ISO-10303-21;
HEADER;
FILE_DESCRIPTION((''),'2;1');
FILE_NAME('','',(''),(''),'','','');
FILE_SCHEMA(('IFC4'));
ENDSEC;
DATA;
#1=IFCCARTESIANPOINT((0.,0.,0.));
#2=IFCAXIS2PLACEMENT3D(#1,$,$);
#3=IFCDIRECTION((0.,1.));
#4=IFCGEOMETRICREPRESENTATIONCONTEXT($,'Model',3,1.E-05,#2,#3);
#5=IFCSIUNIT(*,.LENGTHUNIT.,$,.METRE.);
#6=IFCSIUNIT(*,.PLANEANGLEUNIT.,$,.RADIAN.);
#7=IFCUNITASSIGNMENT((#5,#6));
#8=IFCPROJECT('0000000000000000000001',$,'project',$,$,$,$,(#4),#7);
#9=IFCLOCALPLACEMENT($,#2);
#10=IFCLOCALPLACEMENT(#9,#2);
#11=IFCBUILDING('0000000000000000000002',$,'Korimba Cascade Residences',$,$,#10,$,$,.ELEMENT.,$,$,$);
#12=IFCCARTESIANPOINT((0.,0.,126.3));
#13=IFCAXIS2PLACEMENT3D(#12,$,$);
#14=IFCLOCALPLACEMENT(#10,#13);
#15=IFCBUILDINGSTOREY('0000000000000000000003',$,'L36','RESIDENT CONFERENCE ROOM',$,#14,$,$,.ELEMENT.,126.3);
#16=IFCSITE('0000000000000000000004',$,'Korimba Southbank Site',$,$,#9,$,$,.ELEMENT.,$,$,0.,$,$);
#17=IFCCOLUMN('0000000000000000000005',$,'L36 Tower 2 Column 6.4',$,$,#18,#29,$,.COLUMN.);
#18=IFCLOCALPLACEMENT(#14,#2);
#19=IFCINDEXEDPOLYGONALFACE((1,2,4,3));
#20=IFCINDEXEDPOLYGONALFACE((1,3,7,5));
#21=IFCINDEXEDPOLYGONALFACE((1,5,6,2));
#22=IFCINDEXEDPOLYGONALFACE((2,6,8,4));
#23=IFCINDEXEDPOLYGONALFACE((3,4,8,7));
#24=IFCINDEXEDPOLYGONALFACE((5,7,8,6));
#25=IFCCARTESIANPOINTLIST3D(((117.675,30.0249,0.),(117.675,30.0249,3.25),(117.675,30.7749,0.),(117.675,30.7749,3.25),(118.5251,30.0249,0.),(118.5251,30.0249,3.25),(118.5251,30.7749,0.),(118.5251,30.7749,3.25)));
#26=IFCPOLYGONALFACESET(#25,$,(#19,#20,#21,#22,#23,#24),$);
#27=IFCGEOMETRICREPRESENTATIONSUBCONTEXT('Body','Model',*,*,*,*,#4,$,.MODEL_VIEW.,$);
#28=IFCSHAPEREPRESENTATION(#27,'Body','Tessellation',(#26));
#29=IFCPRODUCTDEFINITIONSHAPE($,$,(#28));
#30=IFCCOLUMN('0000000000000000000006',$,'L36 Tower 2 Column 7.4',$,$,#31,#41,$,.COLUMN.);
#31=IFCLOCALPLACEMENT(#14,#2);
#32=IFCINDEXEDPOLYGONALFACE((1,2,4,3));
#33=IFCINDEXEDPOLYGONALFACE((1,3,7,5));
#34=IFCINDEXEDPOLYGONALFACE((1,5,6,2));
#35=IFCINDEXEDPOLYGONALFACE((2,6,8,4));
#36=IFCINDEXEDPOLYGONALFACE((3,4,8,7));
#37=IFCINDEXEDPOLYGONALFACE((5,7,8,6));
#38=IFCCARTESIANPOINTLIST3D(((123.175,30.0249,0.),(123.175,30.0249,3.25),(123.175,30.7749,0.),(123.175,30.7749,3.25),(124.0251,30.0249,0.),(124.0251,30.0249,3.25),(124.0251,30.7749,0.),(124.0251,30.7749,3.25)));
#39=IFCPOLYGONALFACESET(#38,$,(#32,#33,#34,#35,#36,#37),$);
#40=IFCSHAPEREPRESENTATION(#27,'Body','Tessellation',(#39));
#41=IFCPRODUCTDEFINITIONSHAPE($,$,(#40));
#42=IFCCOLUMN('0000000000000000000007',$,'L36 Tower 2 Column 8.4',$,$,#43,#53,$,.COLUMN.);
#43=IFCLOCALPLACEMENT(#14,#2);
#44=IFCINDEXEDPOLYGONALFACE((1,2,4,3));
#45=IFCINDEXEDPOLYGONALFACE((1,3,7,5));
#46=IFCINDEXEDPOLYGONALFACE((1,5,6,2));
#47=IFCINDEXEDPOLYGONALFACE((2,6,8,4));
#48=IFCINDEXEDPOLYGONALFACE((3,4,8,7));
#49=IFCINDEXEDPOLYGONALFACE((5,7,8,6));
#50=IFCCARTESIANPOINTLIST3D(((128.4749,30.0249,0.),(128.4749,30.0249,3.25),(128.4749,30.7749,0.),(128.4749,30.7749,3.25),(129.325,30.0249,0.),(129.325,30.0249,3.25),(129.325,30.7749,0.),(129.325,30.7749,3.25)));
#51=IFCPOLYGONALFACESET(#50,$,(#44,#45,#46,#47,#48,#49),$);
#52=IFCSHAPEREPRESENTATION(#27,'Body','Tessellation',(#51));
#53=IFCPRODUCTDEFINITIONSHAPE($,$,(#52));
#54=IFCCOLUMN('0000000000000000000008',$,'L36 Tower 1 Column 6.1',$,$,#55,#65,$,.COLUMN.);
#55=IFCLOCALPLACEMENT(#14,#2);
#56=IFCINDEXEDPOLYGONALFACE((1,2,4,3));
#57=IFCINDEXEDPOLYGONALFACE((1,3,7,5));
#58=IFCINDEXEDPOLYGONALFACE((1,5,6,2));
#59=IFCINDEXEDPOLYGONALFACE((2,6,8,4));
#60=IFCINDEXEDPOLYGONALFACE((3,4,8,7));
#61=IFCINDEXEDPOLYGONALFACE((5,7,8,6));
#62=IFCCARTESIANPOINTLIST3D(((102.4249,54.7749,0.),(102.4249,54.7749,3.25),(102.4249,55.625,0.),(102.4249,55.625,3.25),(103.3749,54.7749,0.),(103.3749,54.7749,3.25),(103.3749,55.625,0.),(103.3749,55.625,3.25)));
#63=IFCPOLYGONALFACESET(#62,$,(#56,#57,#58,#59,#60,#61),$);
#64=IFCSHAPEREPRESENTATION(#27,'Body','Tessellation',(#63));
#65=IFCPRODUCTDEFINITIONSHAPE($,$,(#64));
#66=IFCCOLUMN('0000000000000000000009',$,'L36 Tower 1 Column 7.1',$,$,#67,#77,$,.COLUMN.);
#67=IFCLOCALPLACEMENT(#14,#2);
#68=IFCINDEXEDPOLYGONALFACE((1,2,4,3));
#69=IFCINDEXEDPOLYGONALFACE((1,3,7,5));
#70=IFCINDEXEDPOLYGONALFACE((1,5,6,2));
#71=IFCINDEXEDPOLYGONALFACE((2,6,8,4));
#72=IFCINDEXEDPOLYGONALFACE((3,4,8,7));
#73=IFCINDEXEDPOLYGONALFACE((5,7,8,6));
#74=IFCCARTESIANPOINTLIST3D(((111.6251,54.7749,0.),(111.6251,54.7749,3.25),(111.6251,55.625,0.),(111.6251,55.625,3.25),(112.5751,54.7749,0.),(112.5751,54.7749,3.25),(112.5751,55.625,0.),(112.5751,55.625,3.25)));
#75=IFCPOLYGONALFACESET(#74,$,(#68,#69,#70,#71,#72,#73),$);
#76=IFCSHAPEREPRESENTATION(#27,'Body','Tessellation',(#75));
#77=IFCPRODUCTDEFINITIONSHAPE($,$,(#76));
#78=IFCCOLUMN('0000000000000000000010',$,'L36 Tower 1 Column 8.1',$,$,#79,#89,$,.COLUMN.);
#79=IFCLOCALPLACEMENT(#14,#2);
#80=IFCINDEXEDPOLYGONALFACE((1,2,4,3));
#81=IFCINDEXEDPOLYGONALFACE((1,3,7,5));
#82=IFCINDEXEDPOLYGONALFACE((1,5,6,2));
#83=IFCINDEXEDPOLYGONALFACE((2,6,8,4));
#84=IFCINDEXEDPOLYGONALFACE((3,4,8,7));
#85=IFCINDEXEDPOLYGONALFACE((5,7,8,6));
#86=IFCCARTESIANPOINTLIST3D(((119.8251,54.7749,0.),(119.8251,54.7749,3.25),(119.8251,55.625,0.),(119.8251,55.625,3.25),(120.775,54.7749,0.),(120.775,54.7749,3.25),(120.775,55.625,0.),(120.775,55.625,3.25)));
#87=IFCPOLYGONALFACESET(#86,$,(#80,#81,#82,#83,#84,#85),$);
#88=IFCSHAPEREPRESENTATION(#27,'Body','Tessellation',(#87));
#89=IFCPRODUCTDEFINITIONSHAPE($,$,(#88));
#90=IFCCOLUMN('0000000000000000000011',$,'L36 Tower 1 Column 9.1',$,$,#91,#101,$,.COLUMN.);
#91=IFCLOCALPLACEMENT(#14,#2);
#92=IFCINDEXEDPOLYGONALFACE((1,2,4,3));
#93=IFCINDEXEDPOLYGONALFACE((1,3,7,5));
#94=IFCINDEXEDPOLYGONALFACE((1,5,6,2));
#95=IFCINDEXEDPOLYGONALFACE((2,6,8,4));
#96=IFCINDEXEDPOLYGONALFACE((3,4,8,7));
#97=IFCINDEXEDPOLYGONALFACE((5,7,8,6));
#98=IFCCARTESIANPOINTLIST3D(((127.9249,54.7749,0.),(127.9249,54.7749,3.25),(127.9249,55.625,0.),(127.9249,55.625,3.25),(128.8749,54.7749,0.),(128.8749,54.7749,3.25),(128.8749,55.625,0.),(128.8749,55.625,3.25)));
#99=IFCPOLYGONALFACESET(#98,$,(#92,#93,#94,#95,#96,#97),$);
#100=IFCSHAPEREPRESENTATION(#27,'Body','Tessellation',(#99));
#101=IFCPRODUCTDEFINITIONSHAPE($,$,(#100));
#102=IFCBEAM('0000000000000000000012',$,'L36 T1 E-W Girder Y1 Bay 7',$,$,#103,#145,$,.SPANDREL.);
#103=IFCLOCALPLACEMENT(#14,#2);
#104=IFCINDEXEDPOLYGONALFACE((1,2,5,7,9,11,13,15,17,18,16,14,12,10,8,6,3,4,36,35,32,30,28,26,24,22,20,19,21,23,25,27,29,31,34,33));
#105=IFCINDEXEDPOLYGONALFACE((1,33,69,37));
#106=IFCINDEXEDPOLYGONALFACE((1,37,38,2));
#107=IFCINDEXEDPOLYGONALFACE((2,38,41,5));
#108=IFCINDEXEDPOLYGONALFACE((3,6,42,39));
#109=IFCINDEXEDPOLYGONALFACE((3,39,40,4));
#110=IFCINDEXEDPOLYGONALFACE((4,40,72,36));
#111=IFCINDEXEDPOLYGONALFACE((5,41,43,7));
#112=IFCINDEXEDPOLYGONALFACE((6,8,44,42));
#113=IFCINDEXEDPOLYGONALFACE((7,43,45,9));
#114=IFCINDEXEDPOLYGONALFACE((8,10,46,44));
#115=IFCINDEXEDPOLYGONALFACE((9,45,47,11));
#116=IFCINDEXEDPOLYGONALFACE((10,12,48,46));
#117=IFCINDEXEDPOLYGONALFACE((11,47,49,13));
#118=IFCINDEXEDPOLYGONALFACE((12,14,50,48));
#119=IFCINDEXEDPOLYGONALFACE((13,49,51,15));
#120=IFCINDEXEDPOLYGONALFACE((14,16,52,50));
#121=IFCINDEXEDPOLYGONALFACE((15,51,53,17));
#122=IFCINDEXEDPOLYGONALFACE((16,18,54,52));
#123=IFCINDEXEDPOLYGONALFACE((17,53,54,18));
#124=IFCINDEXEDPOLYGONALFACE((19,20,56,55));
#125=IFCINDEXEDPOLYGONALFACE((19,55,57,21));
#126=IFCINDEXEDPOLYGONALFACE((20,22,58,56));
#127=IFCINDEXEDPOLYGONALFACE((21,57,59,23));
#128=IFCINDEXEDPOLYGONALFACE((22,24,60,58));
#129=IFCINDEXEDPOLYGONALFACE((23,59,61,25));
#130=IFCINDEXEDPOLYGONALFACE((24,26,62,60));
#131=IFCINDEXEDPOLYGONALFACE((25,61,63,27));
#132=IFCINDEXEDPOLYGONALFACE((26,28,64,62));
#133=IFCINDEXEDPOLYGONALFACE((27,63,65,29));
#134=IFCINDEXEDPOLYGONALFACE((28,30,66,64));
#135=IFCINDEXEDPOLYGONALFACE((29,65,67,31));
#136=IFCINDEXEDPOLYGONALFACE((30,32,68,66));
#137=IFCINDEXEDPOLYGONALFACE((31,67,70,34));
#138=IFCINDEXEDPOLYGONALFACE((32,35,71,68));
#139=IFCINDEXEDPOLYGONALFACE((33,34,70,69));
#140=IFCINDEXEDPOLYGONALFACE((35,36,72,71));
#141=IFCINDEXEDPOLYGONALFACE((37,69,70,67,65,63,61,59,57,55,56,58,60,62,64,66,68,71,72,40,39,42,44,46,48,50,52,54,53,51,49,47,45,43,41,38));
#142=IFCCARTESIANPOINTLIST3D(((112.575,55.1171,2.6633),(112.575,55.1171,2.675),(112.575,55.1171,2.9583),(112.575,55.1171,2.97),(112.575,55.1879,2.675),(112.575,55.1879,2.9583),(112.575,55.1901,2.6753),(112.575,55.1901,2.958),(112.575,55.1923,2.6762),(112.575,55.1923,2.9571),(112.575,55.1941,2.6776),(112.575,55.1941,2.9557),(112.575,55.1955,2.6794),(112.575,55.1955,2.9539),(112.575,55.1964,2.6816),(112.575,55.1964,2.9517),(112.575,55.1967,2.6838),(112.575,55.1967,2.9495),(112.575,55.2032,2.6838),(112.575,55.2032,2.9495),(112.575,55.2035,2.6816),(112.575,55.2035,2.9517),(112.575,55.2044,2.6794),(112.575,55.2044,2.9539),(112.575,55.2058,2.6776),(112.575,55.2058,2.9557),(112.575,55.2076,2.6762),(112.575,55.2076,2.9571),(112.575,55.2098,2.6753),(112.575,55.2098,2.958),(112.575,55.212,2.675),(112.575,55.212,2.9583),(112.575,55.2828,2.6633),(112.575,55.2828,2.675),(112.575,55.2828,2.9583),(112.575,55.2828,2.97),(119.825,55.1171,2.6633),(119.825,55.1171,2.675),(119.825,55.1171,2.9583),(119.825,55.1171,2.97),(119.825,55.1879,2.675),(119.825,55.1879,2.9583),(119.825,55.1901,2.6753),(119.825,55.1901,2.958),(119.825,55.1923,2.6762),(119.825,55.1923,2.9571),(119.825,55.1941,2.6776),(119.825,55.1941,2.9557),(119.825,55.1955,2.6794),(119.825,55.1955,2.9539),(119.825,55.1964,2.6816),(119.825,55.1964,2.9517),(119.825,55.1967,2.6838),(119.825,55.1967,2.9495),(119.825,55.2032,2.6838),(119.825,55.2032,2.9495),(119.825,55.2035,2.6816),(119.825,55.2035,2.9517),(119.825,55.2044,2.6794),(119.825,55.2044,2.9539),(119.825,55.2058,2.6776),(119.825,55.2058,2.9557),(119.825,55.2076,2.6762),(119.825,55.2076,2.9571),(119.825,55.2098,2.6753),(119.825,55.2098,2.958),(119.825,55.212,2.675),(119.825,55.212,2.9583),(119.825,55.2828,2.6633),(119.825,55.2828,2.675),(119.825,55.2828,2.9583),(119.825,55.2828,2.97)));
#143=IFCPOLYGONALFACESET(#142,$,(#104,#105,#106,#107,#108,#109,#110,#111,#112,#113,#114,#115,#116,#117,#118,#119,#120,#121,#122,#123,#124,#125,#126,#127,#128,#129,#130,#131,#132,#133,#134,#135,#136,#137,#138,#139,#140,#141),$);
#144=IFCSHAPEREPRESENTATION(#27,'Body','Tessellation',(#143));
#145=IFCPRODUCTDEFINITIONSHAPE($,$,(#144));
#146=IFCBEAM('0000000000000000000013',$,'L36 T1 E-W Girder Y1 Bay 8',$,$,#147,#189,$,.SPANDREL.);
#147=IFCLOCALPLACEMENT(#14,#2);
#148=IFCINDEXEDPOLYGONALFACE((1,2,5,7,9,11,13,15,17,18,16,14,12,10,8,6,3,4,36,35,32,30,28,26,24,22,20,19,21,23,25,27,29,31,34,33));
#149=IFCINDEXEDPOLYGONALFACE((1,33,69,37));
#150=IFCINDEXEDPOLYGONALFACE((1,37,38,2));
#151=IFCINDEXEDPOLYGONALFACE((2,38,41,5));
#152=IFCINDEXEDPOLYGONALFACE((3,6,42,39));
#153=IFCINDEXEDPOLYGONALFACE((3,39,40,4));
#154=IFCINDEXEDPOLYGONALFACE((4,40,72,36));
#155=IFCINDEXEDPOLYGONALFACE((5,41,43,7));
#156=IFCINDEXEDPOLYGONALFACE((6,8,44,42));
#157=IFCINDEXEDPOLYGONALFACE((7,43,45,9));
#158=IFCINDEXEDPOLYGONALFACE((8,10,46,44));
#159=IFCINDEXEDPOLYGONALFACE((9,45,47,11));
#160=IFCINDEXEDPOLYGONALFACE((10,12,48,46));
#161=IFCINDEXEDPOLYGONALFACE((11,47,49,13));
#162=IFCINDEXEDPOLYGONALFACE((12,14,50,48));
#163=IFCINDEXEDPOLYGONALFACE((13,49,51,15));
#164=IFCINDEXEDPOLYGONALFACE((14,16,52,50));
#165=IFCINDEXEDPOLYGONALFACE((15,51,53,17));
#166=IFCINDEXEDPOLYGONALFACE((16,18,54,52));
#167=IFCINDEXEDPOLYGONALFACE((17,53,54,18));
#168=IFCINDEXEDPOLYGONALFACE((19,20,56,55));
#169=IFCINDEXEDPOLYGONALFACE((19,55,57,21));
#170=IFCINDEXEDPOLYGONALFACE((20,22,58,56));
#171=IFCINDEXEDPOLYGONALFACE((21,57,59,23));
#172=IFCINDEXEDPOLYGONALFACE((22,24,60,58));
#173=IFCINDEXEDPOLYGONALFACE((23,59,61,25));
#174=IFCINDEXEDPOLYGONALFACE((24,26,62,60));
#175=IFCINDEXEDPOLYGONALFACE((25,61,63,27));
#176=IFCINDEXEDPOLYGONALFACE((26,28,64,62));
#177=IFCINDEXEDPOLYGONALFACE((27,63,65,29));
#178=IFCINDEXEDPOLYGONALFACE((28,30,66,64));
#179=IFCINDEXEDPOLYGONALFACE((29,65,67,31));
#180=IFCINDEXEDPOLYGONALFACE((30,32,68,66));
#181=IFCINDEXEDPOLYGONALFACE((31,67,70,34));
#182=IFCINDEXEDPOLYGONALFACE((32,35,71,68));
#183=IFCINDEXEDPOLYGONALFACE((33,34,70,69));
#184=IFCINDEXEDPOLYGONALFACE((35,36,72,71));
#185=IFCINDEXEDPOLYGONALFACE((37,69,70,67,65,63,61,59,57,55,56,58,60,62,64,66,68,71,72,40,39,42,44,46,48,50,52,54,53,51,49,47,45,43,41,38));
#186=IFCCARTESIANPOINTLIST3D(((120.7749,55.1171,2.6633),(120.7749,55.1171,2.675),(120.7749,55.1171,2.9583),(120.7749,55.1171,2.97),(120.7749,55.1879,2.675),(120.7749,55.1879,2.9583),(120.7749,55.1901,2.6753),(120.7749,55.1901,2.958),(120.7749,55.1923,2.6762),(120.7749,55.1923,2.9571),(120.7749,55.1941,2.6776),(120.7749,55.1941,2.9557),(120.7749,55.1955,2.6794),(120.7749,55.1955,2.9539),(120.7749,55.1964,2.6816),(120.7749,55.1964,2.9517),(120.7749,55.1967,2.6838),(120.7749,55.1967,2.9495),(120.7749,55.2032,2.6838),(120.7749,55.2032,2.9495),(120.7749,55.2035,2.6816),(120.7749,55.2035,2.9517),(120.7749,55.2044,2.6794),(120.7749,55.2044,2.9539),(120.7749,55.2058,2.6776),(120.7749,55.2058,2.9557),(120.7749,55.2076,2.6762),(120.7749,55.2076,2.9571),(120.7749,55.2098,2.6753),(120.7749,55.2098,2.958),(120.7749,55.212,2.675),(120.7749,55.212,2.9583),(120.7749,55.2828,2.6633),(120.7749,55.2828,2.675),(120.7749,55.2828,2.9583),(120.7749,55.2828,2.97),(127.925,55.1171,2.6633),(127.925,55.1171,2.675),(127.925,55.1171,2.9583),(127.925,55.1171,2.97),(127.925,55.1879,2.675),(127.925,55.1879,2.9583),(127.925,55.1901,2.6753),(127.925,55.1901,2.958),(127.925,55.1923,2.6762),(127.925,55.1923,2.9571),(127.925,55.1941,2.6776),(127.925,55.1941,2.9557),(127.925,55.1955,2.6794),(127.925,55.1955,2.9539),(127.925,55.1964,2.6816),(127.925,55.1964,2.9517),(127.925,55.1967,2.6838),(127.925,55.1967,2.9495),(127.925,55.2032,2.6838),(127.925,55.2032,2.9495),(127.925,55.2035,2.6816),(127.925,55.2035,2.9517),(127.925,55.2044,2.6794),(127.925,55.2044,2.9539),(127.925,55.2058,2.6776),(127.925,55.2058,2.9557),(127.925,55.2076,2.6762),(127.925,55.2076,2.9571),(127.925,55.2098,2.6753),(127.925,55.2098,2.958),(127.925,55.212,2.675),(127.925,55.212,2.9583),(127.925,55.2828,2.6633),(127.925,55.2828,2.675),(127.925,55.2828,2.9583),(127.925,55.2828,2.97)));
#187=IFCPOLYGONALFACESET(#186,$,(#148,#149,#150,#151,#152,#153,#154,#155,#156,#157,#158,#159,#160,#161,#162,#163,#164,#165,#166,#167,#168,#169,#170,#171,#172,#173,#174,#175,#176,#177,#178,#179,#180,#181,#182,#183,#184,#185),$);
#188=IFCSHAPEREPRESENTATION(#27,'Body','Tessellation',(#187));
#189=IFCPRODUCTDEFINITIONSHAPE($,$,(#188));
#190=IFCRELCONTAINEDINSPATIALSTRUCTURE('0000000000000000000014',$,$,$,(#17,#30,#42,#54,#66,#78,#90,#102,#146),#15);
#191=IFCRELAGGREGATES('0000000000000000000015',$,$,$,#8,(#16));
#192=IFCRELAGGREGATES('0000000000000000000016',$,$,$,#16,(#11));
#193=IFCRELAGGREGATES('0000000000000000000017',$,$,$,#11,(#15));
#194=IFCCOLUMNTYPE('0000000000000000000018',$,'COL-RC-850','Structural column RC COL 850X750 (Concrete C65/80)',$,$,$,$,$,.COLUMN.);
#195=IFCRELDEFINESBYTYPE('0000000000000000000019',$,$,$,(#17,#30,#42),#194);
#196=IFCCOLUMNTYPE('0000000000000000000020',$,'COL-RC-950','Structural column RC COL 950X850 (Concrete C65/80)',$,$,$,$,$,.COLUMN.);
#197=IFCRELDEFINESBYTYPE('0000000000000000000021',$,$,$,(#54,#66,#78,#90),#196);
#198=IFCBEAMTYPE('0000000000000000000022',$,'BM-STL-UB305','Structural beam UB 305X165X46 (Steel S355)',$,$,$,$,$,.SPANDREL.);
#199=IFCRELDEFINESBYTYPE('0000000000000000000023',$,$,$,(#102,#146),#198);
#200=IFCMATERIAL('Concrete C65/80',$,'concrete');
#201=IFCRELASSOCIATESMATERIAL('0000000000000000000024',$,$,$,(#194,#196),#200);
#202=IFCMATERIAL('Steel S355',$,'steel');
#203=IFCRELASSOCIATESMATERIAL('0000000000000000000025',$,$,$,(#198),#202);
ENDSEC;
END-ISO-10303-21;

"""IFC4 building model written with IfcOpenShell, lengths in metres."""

from ifc_helpers import new_model, si_unit, direction, frame, origin, origin_2d, place, context, subcontext, project, spatial, rectangle, i_section, extrude, material, material_profile, profile_set, type_object, element, save


model = new_model("IFC4")

# Units and contexts
model_context = context("Model", 3, precision=1e-05, world=origin(), true_north=direction((0.0, 1.0)))
body_context = subcontext(model_context, "Body", "Model", "MODEL_VIEW")
ifc_project = project(units=[si_unit("LENGTHUNIT", "METRE"), si_unit("PLANEANGLEUNIT", "RADIAN")], contexts=[model_context])

# Site, building, storey
site_placement = place(None, origin())
site = spatial("IfcSite", under=ifc_project, at=site_placement, Name="Korimba Southbank Site", CompositionType="ELEMENT", RefElevation=0.0)
building_placement = place(site_placement, origin())
building = spatial("IfcBuilding", under=site, at=building_placement, Name="Korimba Cascade Residences", CompositionType="ELEMENT")
storey_placement = place(building_placement, frame((0.0, 0.0, 126.3)))
storey = spatial("IfcBuildingStorey", under=building, at=storey_placement, Name="L36", Description="RESIDENT CONFERENCE ROOM", CompositionType="ELEMENT", Elevation=126.3)

# Columns
ifc_material_1 = material(Name="Concrete C65/80", Category="concrete")
ifc_material_profile_1 = material_profile(ifc_material_1, rectangle(XDim=0.8501, YDim=0.75, at=origin_2d()), Name="Concrete C65/80")
ifc_profile_set_1 = profile_set([ifc_material_profile_1], Name="Concrete C65/80")
column_type_1 = type_object("IfcColumnType", Name="COL-RC-850", Description="Structural column RC COL 850X750 (Concrete C65/80)", PredefinedType="COLUMN", material=ifc_profile_set_1)
for number, where, z_axis, x_axis, name in (
    (1, (118.1001, 30.3999, 0.0), (0.0, 0.0, 1.0), (1.0, 0.0, 0.0), "L36 Tower 2 Column 6.4"),
    (2, (123.6001, 30.3999, 0.0), (0.0, 0.0, 1.0), (1.0, 0.0, 0.0), "L36 Tower 2 Column 7.4"),
    (3, (128.8999, 30.3999, 0.0), (0.0, 0.0, 1.0), (1.0, 0.0, 0.0), "L36 Tower 2 Column 8.4"),
):
    element("IfcColumn", number, at=place(storey_placement, frame(where, z_axis=z_axis, x_axis=x_axis)), inside=storey, type_object=column_type_1, Name=name, PredefinedType="COLUMN", context=body_context, shape_type="SweptSolid", body=[
        extrude(rectangle(XDim=0.8501, YDim=0.75, at=origin_2d()), origin(), (0.0, 0.0, 1.0), 3.25),
    ])
ifc_material_profile_2 = material_profile(ifc_material_1, rectangle(XDim=0.95, YDim=0.8501, at=origin_2d()), Name="Concrete C65/80")
ifc_profile_set_2 = profile_set([ifc_material_profile_2], Name="Concrete C65/80")
column_type_2 = type_object("IfcColumnType", Name="COL-RC-950", Description="Structural column RC COL 950X850 (Concrete C65/80)", PredefinedType="COLUMN", material=ifc_profile_set_2)
for number, where, z_axis, x_axis, name in (
    (4, (102.8999, 55.2, 0.0), (0.0, 0.0, 1.0), (1.0, 0.0, 0.0), "L36 Tower 1 Column 6.1"),
    (5, (112.1001, 55.2, 0.0), (0.0, 0.0, 1.0), (1.0, 0.0, 0.0), "L36 Tower 1 Column 7.1"),
    (6, (120.3, 55.2, 0.0), (0.0, 0.0, 1.0), (1.0, 0.0, 0.0), "L36 Tower 1 Column 8.1"),
    (7, (128.3999, 55.2, 0.0), (0.0, 0.0, 1.0), (1.0, 0.0, 0.0), "L36 Tower 1 Column 9.1"),
):
    element("IfcColumn", number, at=place(storey_placement, frame(where, z_axis=z_axis, x_axis=x_axis)), inside=storey, type_object=column_type_2, Name=name, PredefinedType="COLUMN", context=body_context, shape_type="SweptSolid", body=[
        extrude(rectangle(XDim=0.95, YDim=0.8501, at=origin_2d()), origin(), (0.0, 0.0, 1.0), 3.25),
    ])

# Beams
ifc_material_2 = material(Name="Steel S355", Category="steel")
ifc_material_profile_3 = material_profile(ifc_material_2, i_section(OverallWidth=0.1658, OverallDepth=0.3066, WebThickness=0.0066, FlangeThickness=0.0117, FilletRadius=0.0088, at=origin_2d()), Name="Steel S355")
ifc_profile_set_3 = profile_set([ifc_material_profile_3], Name="Steel S355")
beam_type_1 = type_object("IfcBeamType", Name="BM-STL-UB305", Description="Structural beam UB 305X165X46 (Steel S355)", PredefinedType="SPANDREL", material=ifc_profile_set_3)
beam_1_placement = place(storey_placement, frame((112.575, 55.2, 2.8167), z_axis=(1.0, 0.0, 0.0), x_axis=(0.0, 1.0, 0.0)))
element("IfcBeam", 8, at=beam_1_placement, inside=storey, type_object=beam_type_1, Name="L36 T1 E-W Girder Y1 Bay 7", PredefinedType="SPANDREL", context=body_context, shape_type="SweptSolid", body=[
    extrude(i_section(OverallWidth=0.1658, OverallDepth=0.3066, WebThickness=0.0066, FlangeThickness=0.0117, FilletRadius=0.0088, at=origin_2d()), origin(), (0.0, 0.0, 1.0), 7.25),
])
beam_2_placement = place(storey_placement, frame((120.7749, 55.2, 2.8167), z_axis=(1.0, 0.0, 0.0), x_axis=(0.0, 1.0, 0.0)))
element("IfcBeam", 9, at=beam_2_placement, inside=storey, type_object=beam_type_1, Name="L36 T1 E-W Girder Y1 Bay 8", PredefinedType="SPANDREL", context=body_context, shape_type="SweptSolid", body=[
    extrude(i_section(OverallWidth=0.1658, OverallDepth=0.3066, WebThickness=0.0066, FlangeThickness=0.0117, FilletRadius=0.0088, at=origin_2d()), origin(), (0.0, 0.0, 1.0), 7.1501),
])

save(model, "model.ifc")
